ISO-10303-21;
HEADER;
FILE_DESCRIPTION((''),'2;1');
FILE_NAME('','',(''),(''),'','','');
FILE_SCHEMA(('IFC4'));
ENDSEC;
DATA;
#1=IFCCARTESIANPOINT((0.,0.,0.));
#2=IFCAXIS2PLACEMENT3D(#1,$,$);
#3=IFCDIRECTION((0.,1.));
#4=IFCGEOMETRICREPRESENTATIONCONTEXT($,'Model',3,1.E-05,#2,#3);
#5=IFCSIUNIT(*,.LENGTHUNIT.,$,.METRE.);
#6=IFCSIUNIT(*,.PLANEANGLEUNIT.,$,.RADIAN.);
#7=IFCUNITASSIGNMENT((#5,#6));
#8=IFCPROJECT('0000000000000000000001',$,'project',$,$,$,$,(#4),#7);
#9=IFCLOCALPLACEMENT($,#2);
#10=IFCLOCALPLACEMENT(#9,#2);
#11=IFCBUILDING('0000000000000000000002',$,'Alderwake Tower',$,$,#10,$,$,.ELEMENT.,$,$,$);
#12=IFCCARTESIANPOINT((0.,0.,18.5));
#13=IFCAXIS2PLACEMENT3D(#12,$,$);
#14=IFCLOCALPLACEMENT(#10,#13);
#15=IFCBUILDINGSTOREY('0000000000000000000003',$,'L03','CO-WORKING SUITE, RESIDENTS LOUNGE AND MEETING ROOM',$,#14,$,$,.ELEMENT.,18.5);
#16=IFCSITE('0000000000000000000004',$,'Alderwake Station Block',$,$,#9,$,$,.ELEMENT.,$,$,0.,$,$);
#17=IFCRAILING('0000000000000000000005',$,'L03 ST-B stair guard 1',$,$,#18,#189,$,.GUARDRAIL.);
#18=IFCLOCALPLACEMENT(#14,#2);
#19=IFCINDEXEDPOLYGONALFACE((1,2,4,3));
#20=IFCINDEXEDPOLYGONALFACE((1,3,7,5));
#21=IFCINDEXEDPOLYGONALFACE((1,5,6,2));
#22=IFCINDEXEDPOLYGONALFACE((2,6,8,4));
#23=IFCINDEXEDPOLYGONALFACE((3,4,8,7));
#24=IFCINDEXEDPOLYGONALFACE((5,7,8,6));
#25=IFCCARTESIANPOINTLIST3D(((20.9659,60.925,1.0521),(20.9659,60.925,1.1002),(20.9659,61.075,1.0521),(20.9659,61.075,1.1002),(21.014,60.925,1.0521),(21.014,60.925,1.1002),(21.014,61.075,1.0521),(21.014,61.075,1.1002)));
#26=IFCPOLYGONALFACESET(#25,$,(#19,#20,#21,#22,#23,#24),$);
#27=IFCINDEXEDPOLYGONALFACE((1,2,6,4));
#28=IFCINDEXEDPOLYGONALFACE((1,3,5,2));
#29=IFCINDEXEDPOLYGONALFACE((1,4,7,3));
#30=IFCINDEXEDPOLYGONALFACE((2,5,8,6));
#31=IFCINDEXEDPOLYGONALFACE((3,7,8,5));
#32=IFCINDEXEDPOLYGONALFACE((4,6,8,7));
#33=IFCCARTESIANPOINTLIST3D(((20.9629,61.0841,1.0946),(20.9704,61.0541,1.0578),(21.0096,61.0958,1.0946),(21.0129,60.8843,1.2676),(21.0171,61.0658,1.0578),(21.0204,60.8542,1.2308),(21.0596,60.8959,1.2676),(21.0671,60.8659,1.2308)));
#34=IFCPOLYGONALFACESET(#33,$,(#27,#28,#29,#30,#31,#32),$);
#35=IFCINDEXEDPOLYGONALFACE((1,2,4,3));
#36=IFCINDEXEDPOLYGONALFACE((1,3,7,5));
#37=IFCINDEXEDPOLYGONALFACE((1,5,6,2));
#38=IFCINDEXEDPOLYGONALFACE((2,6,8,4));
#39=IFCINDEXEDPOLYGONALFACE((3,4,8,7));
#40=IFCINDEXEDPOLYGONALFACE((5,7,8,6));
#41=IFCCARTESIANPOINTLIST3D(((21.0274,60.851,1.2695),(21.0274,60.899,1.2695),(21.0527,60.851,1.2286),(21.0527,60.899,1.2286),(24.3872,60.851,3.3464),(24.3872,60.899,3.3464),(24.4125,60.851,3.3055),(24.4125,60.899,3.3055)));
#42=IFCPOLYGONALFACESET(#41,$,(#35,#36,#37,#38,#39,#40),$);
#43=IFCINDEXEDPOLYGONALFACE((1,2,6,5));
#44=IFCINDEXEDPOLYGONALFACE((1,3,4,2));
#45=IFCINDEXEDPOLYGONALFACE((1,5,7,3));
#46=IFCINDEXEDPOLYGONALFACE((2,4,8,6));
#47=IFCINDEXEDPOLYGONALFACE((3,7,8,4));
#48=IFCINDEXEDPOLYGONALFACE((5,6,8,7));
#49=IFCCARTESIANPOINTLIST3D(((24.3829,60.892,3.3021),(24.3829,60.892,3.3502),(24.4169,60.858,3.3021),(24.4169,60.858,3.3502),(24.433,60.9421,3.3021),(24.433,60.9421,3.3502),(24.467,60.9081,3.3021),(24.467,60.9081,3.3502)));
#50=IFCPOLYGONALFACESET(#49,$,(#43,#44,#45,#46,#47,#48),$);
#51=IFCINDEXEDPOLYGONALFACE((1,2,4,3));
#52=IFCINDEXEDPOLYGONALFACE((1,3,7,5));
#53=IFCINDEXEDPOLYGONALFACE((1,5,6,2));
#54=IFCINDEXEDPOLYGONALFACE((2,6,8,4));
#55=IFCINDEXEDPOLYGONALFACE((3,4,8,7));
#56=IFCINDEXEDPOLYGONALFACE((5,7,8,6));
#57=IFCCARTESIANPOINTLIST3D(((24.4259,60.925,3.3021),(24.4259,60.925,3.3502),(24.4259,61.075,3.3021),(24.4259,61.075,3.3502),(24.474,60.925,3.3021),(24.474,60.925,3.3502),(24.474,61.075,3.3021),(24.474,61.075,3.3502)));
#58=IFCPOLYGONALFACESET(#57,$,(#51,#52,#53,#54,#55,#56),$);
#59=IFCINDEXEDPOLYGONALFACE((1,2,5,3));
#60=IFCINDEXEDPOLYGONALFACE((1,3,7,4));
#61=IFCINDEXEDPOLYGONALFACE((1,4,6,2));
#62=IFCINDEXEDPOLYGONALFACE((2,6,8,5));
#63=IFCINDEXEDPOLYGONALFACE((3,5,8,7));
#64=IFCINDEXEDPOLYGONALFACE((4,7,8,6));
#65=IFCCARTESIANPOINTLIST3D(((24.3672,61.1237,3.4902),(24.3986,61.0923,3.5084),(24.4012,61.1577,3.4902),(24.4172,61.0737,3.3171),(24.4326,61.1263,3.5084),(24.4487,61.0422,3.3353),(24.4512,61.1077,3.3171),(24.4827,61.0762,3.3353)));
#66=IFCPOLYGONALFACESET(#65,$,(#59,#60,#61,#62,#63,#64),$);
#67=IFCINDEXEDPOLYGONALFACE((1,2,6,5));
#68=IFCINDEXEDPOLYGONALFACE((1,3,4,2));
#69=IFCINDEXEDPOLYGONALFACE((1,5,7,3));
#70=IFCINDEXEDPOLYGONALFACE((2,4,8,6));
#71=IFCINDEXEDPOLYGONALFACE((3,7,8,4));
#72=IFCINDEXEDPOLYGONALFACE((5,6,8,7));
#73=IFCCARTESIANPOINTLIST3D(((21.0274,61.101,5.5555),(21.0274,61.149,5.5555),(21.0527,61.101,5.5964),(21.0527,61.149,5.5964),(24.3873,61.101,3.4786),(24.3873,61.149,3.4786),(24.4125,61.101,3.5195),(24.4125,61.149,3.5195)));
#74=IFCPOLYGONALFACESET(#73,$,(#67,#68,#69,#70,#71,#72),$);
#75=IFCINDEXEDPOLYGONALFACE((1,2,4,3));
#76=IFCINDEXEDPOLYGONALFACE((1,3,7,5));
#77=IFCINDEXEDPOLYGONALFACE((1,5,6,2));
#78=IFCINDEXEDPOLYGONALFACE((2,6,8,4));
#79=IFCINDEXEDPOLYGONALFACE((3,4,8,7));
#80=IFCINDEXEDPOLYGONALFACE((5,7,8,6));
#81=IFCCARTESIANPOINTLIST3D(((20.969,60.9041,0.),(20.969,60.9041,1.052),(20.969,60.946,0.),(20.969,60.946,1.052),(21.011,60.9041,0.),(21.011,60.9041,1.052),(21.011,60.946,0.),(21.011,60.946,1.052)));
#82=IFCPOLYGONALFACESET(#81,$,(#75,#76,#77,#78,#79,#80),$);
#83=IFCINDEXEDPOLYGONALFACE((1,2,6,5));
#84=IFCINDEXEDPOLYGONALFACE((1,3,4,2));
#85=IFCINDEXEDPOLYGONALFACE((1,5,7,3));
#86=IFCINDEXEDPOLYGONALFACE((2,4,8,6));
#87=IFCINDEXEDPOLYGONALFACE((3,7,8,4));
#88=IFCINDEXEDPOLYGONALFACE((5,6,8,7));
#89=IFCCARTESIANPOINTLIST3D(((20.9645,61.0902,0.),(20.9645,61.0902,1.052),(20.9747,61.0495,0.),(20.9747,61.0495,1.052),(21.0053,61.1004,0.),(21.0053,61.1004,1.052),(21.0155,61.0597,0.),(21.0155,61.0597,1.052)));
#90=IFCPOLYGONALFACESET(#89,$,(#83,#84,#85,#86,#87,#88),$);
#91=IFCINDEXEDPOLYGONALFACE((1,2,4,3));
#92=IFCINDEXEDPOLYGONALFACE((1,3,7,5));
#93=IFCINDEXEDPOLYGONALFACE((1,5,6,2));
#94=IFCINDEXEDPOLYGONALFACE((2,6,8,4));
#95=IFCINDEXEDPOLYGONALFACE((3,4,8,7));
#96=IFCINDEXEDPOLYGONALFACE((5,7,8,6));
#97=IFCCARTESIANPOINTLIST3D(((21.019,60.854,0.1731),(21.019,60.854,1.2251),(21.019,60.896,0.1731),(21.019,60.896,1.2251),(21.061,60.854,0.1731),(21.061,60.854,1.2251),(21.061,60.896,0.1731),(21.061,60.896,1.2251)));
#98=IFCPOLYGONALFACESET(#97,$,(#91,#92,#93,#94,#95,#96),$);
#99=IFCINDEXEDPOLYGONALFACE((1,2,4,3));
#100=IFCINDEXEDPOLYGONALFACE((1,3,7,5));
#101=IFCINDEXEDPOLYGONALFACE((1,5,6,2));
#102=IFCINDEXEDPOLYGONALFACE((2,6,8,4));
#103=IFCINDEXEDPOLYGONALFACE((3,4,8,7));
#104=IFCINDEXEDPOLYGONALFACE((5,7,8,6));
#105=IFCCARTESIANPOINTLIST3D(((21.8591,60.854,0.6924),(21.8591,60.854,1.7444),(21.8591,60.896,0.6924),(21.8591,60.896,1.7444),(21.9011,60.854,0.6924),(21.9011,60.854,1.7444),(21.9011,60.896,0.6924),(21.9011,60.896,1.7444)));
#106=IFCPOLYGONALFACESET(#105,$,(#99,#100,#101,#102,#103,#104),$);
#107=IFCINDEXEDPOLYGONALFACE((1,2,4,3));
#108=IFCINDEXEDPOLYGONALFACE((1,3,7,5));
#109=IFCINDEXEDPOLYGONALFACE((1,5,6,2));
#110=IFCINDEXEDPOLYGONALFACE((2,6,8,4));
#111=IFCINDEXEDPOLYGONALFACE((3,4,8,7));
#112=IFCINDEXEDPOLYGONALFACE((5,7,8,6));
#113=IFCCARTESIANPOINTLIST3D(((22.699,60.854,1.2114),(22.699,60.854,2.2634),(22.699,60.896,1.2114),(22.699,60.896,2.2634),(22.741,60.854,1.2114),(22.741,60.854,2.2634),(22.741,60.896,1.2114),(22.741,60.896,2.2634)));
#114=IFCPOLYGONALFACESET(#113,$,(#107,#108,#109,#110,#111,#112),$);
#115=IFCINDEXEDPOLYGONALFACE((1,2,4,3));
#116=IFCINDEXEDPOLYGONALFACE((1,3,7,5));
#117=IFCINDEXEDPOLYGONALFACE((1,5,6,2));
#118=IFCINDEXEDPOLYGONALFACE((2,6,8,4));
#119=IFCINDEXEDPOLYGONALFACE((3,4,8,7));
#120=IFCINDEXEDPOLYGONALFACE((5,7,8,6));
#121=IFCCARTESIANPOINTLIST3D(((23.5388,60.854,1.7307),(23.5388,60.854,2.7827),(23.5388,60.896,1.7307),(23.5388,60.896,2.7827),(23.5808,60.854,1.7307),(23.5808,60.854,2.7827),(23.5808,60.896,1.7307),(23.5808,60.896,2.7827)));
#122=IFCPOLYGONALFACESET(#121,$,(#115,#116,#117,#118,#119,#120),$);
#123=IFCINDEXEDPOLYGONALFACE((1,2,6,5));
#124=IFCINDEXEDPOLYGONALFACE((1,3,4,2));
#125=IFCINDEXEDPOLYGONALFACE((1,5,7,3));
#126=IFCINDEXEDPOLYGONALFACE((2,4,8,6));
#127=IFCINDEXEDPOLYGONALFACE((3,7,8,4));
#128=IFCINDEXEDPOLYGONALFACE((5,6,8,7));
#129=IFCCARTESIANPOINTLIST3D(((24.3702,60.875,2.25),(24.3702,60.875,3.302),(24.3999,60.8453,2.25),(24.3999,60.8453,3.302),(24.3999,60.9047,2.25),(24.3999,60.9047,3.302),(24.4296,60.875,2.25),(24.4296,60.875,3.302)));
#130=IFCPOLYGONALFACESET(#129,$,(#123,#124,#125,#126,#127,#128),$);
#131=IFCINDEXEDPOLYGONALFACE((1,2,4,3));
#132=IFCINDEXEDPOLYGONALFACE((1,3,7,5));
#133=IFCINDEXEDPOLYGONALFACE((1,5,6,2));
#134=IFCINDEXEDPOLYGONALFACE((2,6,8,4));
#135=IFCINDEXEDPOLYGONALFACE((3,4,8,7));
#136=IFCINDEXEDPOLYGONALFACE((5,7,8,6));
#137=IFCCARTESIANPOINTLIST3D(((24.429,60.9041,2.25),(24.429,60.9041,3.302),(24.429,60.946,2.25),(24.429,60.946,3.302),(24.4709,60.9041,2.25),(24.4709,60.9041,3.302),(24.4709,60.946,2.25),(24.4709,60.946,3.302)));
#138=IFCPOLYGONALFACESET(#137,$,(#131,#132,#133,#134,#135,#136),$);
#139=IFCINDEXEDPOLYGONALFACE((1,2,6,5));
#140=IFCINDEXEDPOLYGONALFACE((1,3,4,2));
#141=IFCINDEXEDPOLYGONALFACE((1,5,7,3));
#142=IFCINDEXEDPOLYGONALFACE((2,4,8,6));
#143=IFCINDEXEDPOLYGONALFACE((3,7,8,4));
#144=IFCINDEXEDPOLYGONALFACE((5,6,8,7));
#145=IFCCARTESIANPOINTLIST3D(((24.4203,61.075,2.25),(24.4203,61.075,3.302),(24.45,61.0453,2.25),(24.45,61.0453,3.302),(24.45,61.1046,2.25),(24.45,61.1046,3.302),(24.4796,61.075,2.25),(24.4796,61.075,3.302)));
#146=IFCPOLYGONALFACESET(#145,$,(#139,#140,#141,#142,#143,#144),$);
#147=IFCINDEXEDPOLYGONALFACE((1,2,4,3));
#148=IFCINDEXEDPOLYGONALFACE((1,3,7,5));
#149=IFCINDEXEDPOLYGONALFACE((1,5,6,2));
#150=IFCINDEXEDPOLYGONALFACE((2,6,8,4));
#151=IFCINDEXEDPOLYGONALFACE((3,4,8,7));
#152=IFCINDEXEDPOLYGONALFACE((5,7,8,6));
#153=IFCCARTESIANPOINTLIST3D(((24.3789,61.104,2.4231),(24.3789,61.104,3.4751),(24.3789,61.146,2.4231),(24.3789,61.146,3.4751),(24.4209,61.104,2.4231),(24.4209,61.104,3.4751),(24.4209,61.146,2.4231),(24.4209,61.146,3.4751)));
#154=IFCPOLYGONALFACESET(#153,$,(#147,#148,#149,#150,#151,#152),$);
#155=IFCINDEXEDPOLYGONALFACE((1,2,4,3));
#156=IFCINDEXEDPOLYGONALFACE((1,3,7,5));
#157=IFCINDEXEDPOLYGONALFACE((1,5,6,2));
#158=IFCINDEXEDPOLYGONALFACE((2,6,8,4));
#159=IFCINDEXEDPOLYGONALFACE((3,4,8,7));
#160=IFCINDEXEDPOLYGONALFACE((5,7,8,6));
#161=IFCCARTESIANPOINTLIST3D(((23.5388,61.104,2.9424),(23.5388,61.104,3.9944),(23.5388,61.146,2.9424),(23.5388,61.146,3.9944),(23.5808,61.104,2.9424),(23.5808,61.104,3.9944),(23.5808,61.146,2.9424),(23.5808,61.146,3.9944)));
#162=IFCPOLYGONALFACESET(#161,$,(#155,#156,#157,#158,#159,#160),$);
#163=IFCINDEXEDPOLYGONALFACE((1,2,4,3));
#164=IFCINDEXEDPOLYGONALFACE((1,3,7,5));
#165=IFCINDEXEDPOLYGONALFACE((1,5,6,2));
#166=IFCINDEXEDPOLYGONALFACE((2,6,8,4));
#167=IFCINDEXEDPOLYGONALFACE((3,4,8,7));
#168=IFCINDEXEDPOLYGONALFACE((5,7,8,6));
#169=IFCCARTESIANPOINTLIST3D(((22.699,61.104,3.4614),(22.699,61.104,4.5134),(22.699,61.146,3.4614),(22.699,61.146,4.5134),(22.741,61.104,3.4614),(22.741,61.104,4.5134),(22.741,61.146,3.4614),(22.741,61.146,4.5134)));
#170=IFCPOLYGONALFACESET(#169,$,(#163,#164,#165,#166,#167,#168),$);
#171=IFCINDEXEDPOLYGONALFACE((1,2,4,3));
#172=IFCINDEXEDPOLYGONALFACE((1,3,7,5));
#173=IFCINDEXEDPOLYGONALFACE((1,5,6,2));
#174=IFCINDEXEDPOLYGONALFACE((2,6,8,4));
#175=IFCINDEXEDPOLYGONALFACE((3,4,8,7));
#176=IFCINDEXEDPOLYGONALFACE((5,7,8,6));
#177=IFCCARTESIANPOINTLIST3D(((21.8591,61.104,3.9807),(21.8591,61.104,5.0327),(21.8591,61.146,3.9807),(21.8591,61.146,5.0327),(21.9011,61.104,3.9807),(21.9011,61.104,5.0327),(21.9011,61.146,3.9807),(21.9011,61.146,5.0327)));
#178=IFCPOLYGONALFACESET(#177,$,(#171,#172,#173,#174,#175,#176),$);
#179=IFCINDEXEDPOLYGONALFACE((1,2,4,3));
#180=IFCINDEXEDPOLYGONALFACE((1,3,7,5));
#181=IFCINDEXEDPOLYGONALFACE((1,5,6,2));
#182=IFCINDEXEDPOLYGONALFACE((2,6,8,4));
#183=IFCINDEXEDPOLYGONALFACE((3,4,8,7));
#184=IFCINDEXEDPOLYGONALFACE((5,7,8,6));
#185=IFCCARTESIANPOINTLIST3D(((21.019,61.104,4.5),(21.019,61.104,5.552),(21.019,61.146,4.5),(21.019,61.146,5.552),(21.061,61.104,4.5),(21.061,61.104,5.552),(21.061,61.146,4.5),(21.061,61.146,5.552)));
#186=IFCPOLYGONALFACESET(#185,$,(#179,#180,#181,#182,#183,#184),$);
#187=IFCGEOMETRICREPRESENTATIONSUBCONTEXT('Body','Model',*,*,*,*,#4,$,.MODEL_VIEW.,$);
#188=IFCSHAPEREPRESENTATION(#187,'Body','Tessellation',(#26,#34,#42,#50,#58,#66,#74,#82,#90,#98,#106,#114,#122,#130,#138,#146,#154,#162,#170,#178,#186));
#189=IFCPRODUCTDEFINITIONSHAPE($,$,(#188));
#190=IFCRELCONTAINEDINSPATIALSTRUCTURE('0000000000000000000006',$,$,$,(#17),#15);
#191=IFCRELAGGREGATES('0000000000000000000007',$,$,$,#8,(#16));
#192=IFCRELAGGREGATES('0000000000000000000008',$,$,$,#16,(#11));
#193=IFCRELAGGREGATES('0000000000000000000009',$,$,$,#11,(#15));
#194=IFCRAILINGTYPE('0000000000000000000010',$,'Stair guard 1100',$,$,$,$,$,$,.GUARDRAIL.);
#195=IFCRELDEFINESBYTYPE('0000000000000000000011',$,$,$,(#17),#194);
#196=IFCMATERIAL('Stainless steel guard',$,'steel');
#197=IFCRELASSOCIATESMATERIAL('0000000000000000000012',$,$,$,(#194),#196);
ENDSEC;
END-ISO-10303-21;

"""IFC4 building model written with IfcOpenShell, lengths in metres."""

from ifc_helpers import new_model, si_unit, direction, frame, origin, origin_2d, place, context, subcontext, project, spatial, rectangle, extrude, material, type_object, element, save


model = new_model("IFC4")

# Units and contexts
model_context = context("Model", 3, precision=1e-05, world=origin(), true_north=direction((0.0, 1.0)))
body_context = subcontext(model_context, "Body", "Model", "MODEL_VIEW")
ifc_project = project(units=[si_unit("LENGTHUNIT", "METRE"), si_unit("PLANEANGLEUNIT", "RADIAN")], contexts=[model_context])

# Site, building, storey
site_placement = place(None, origin())
site = spatial("IfcSite", under=ifc_project, at=site_placement, Name="Alderwake Station Block", CompositionType="ELEMENT", RefElevation=0.0)
building_placement = place(site_placement, origin())
building = spatial("IfcBuilding", under=site, at=building_placement, Name="Alderwake Tower", CompositionType="ELEMENT")
storey_placement = place(building_placement, frame((0.0, 0.0, 18.5)))
storey = spatial("IfcBuildingStorey", under=building, at=storey_placement, Name="L03", Description="CO-WORKING SUITE, RESIDENTS LOUNGE AND MEETING ROOM", CompositionType="ELEMENT", Elevation=18.5)

# Railing
ifc_material_1 = material(Name="Stainless steel guard", Category="steel")
railing_type_1 = type_object("IfcRailingType", Name="Stair guard 1100", PredefinedType="GUARDRAIL", material=ifc_material_1)
railing_1_placement = place(storey_placement, frame((20.99, 60.925, 0.0)))
element("IfcRailing", 1, at=railing_1_placement, inside=storey, type_object=railing_type_1, Name="L03 ST-B stair guard 1", PredefinedType="GUARDRAIL", context=body_context, shape_type="SweptSolid", body=[
    extrude(rectangle(XDim=0.0481, YDim=0.0481, at=origin_2d()), frame((0.0, 0.0, 1.0762), z_axis=(0.0, 1.0, 0.0), x_axis=(-1.0, 0.0, 0.0)), (0.0, 0.0, 1.0), 0.1499),
    extrude(rectangle(XDim=0.0481, YDim=0.0481, at=origin_2d()), frame((0.0, 0.1499, 1.0762), z_axis=(0.185944, -0.742869, 0.643094), x_axis=(0.970073, 0.242814, 0.0)), (0.0, 0.0, 1.0), 0.269),
    extrude(rectangle(XDim=0.0481, YDim=0.0481, at=origin_2d()), frame((0.05, -0.05, 1.249), z_axis=(0.850606, 0.0, 0.525803), x_axis=(0.0, 1.0, 0.0)), (0.0, 0.0, 1.0), 3.95),
    extrude(rectangle(XDim=0.0481, YDim=0.0481, at=origin_2d()), frame((3.4099, -0.05, 3.3262), z_axis=(0.707107, 0.707107, 0.0), x_axis=(-0.707107, 0.707107, 0.0)), (0.0, 0.0, 1.0), 0.0708),
    extrude(rectangle(XDim=0.0481, YDim=0.0481, at=origin_2d()), frame((3.46, 0.0, 3.3262), z_axis=(0.0, 1.0, 0.0), x_axis=(-1.0, 0.0, 0.0)), (0.0, 0.0, 1.0), 0.1499),
    extrude(rectangle(XDim=0.0481, YDim=0.0481, at=origin_2d()), frame((3.46, 0.1499, 3.3262), z_axis=(-0.26763, 0.26763, 0.925607), x_axis=(-0.707107, -0.707107, 0.0)), (0.0, 0.0, 1.0), 0.187),
    extrude(rectangle(XDim=0.0481, YDim=0.0481, at=origin_2d()), frame((3.4099, 0.2, 3.499), z_axis=(-0.850606, 0.0, 0.525803), x_axis=(0.0, -1.0, 0.0)), (0.0, 0.0, 1.0), 3.95),
    extrude(rectangle(XDim=0.042, YDim=0.042, at=origin_2d()), frame((0.0, 0.0, 0.0), z_axis=(0.0, 0.0, 1.0), x_axis=(0.0, 1.0, 0.0)), (0.0, 0.0, 1.0), 1.052),
    extrude(rectangle(XDim=0.042, YDim=0.042, at=origin_2d()), frame((0.0, 0.1499, 0.0), z_axis=(0.0, 0.0, 1.0), x_axis=(0.242814, -0.970073, 0.0)), (0.0, 0.0, 1.0), 1.052),
    extrude(rectangle(XDim=0.042, YDim=0.042, at=origin_2d()), frame((0.05, -0.05, 0.1731), z_axis=(0.0, 0.0, 1.0), x_axis=(1.0, 0.0, 0.0)), (0.0, 0.0, 1.0), 1.052),
    extrude(rectangle(XDim=0.042, YDim=0.042, at=origin_2d()), frame((0.8901, -0.05, 0.6924), z_axis=(0.0, 0.0, 1.0), x_axis=(1.0, 0.0, 0.0)), (0.0, 0.0, 1.0), 1.052),
    extrude(rectangle(XDim=0.042, YDim=0.042, at=origin_2d()), frame((1.73, -0.05, 1.2114), z_axis=(0.0, 0.0, 1.0), x_axis=(1.0, 0.0, 0.0)), (0.0, 0.0, 1.0), 1.052),
    extrude(rectangle(XDim=0.042, YDim=0.042, at=origin_2d()), frame((2.5698, -0.05, 1.7307), z_axis=(0.0, 0.0, 1.0), x_axis=(1.0, 0.0, 0.0)), (0.0, 0.0, 1.0), 1.052),
    extrude(rectangle(XDim=0.042, YDim=0.042, at=origin_2d()), frame((3.4099, -0.05, 2.25), z_axis=(0.0, 0.0, 1.0), x_axis=(0.707107, 0.707107, 0.0)), (0.0, 0.0, 1.0), 1.052),
    extrude(rectangle(XDim=0.042, YDim=0.042, at=origin_2d()), frame((3.46, 0.0, 2.25), z_axis=(0.0, 0.0, 1.0), x_axis=(0.0, 1.0, 0.0)), (0.0, 0.0, 1.0), 1.052),
    extrude(rectangle(XDim=0.042, YDim=0.042, at=origin_2d()), frame((3.46, 0.1499, 2.25), z_axis=(0.0, 0.0, 1.0), x_axis=(-0.707107, 0.707107, 0.0)), (0.0, 0.0, 1.0), 1.052),
    extrude(rectangle(XDim=0.042, YDim=0.042, at=origin_2d()), frame((3.4099, 0.2, 2.4231), z_axis=(0.0, 0.0, 1.0), x_axis=(-1.0, 0.0, 0.0)), (0.0, 0.0, 1.0), 1.052),
    extrude(rectangle(XDim=0.042, YDim=0.042, at=origin_2d()), frame((2.5698, 0.2, 2.9424), z_axis=(0.0, 0.0, 1.0), x_axis=(-1.0, 0.0, 0.0)), (0.0, 0.0, 1.0), 1.052),
    extrude(rectangle(XDim=0.042, YDim=0.042, at=origin_2d()), frame((1.73, 0.2, 3.4614), z_axis=(0.0, 0.0, 1.0), x_axis=(-1.0, 0.0, 0.0)), (0.0, 0.0, 1.0), 1.052),
    extrude(rectangle(XDim=0.042, YDim=0.042, at=origin_2d()), frame((0.8901, 0.2, 3.9807), z_axis=(0.0, 0.0, 1.0), x_axis=(-1.0, 0.0, 0.0)), (0.0, 0.0, 1.0), 1.052),
    extrude(rectangle(XDim=0.042, YDim=0.042, at=origin_2d()), frame((0.05, 0.2, 4.5), z_axis=(0.0, 0.0, 1.0), x_axis=(-1.0, 0.0, 0.0)), (0.0, 0.0, 1.0), 1.052),
])

save(model, "model.ifc")
